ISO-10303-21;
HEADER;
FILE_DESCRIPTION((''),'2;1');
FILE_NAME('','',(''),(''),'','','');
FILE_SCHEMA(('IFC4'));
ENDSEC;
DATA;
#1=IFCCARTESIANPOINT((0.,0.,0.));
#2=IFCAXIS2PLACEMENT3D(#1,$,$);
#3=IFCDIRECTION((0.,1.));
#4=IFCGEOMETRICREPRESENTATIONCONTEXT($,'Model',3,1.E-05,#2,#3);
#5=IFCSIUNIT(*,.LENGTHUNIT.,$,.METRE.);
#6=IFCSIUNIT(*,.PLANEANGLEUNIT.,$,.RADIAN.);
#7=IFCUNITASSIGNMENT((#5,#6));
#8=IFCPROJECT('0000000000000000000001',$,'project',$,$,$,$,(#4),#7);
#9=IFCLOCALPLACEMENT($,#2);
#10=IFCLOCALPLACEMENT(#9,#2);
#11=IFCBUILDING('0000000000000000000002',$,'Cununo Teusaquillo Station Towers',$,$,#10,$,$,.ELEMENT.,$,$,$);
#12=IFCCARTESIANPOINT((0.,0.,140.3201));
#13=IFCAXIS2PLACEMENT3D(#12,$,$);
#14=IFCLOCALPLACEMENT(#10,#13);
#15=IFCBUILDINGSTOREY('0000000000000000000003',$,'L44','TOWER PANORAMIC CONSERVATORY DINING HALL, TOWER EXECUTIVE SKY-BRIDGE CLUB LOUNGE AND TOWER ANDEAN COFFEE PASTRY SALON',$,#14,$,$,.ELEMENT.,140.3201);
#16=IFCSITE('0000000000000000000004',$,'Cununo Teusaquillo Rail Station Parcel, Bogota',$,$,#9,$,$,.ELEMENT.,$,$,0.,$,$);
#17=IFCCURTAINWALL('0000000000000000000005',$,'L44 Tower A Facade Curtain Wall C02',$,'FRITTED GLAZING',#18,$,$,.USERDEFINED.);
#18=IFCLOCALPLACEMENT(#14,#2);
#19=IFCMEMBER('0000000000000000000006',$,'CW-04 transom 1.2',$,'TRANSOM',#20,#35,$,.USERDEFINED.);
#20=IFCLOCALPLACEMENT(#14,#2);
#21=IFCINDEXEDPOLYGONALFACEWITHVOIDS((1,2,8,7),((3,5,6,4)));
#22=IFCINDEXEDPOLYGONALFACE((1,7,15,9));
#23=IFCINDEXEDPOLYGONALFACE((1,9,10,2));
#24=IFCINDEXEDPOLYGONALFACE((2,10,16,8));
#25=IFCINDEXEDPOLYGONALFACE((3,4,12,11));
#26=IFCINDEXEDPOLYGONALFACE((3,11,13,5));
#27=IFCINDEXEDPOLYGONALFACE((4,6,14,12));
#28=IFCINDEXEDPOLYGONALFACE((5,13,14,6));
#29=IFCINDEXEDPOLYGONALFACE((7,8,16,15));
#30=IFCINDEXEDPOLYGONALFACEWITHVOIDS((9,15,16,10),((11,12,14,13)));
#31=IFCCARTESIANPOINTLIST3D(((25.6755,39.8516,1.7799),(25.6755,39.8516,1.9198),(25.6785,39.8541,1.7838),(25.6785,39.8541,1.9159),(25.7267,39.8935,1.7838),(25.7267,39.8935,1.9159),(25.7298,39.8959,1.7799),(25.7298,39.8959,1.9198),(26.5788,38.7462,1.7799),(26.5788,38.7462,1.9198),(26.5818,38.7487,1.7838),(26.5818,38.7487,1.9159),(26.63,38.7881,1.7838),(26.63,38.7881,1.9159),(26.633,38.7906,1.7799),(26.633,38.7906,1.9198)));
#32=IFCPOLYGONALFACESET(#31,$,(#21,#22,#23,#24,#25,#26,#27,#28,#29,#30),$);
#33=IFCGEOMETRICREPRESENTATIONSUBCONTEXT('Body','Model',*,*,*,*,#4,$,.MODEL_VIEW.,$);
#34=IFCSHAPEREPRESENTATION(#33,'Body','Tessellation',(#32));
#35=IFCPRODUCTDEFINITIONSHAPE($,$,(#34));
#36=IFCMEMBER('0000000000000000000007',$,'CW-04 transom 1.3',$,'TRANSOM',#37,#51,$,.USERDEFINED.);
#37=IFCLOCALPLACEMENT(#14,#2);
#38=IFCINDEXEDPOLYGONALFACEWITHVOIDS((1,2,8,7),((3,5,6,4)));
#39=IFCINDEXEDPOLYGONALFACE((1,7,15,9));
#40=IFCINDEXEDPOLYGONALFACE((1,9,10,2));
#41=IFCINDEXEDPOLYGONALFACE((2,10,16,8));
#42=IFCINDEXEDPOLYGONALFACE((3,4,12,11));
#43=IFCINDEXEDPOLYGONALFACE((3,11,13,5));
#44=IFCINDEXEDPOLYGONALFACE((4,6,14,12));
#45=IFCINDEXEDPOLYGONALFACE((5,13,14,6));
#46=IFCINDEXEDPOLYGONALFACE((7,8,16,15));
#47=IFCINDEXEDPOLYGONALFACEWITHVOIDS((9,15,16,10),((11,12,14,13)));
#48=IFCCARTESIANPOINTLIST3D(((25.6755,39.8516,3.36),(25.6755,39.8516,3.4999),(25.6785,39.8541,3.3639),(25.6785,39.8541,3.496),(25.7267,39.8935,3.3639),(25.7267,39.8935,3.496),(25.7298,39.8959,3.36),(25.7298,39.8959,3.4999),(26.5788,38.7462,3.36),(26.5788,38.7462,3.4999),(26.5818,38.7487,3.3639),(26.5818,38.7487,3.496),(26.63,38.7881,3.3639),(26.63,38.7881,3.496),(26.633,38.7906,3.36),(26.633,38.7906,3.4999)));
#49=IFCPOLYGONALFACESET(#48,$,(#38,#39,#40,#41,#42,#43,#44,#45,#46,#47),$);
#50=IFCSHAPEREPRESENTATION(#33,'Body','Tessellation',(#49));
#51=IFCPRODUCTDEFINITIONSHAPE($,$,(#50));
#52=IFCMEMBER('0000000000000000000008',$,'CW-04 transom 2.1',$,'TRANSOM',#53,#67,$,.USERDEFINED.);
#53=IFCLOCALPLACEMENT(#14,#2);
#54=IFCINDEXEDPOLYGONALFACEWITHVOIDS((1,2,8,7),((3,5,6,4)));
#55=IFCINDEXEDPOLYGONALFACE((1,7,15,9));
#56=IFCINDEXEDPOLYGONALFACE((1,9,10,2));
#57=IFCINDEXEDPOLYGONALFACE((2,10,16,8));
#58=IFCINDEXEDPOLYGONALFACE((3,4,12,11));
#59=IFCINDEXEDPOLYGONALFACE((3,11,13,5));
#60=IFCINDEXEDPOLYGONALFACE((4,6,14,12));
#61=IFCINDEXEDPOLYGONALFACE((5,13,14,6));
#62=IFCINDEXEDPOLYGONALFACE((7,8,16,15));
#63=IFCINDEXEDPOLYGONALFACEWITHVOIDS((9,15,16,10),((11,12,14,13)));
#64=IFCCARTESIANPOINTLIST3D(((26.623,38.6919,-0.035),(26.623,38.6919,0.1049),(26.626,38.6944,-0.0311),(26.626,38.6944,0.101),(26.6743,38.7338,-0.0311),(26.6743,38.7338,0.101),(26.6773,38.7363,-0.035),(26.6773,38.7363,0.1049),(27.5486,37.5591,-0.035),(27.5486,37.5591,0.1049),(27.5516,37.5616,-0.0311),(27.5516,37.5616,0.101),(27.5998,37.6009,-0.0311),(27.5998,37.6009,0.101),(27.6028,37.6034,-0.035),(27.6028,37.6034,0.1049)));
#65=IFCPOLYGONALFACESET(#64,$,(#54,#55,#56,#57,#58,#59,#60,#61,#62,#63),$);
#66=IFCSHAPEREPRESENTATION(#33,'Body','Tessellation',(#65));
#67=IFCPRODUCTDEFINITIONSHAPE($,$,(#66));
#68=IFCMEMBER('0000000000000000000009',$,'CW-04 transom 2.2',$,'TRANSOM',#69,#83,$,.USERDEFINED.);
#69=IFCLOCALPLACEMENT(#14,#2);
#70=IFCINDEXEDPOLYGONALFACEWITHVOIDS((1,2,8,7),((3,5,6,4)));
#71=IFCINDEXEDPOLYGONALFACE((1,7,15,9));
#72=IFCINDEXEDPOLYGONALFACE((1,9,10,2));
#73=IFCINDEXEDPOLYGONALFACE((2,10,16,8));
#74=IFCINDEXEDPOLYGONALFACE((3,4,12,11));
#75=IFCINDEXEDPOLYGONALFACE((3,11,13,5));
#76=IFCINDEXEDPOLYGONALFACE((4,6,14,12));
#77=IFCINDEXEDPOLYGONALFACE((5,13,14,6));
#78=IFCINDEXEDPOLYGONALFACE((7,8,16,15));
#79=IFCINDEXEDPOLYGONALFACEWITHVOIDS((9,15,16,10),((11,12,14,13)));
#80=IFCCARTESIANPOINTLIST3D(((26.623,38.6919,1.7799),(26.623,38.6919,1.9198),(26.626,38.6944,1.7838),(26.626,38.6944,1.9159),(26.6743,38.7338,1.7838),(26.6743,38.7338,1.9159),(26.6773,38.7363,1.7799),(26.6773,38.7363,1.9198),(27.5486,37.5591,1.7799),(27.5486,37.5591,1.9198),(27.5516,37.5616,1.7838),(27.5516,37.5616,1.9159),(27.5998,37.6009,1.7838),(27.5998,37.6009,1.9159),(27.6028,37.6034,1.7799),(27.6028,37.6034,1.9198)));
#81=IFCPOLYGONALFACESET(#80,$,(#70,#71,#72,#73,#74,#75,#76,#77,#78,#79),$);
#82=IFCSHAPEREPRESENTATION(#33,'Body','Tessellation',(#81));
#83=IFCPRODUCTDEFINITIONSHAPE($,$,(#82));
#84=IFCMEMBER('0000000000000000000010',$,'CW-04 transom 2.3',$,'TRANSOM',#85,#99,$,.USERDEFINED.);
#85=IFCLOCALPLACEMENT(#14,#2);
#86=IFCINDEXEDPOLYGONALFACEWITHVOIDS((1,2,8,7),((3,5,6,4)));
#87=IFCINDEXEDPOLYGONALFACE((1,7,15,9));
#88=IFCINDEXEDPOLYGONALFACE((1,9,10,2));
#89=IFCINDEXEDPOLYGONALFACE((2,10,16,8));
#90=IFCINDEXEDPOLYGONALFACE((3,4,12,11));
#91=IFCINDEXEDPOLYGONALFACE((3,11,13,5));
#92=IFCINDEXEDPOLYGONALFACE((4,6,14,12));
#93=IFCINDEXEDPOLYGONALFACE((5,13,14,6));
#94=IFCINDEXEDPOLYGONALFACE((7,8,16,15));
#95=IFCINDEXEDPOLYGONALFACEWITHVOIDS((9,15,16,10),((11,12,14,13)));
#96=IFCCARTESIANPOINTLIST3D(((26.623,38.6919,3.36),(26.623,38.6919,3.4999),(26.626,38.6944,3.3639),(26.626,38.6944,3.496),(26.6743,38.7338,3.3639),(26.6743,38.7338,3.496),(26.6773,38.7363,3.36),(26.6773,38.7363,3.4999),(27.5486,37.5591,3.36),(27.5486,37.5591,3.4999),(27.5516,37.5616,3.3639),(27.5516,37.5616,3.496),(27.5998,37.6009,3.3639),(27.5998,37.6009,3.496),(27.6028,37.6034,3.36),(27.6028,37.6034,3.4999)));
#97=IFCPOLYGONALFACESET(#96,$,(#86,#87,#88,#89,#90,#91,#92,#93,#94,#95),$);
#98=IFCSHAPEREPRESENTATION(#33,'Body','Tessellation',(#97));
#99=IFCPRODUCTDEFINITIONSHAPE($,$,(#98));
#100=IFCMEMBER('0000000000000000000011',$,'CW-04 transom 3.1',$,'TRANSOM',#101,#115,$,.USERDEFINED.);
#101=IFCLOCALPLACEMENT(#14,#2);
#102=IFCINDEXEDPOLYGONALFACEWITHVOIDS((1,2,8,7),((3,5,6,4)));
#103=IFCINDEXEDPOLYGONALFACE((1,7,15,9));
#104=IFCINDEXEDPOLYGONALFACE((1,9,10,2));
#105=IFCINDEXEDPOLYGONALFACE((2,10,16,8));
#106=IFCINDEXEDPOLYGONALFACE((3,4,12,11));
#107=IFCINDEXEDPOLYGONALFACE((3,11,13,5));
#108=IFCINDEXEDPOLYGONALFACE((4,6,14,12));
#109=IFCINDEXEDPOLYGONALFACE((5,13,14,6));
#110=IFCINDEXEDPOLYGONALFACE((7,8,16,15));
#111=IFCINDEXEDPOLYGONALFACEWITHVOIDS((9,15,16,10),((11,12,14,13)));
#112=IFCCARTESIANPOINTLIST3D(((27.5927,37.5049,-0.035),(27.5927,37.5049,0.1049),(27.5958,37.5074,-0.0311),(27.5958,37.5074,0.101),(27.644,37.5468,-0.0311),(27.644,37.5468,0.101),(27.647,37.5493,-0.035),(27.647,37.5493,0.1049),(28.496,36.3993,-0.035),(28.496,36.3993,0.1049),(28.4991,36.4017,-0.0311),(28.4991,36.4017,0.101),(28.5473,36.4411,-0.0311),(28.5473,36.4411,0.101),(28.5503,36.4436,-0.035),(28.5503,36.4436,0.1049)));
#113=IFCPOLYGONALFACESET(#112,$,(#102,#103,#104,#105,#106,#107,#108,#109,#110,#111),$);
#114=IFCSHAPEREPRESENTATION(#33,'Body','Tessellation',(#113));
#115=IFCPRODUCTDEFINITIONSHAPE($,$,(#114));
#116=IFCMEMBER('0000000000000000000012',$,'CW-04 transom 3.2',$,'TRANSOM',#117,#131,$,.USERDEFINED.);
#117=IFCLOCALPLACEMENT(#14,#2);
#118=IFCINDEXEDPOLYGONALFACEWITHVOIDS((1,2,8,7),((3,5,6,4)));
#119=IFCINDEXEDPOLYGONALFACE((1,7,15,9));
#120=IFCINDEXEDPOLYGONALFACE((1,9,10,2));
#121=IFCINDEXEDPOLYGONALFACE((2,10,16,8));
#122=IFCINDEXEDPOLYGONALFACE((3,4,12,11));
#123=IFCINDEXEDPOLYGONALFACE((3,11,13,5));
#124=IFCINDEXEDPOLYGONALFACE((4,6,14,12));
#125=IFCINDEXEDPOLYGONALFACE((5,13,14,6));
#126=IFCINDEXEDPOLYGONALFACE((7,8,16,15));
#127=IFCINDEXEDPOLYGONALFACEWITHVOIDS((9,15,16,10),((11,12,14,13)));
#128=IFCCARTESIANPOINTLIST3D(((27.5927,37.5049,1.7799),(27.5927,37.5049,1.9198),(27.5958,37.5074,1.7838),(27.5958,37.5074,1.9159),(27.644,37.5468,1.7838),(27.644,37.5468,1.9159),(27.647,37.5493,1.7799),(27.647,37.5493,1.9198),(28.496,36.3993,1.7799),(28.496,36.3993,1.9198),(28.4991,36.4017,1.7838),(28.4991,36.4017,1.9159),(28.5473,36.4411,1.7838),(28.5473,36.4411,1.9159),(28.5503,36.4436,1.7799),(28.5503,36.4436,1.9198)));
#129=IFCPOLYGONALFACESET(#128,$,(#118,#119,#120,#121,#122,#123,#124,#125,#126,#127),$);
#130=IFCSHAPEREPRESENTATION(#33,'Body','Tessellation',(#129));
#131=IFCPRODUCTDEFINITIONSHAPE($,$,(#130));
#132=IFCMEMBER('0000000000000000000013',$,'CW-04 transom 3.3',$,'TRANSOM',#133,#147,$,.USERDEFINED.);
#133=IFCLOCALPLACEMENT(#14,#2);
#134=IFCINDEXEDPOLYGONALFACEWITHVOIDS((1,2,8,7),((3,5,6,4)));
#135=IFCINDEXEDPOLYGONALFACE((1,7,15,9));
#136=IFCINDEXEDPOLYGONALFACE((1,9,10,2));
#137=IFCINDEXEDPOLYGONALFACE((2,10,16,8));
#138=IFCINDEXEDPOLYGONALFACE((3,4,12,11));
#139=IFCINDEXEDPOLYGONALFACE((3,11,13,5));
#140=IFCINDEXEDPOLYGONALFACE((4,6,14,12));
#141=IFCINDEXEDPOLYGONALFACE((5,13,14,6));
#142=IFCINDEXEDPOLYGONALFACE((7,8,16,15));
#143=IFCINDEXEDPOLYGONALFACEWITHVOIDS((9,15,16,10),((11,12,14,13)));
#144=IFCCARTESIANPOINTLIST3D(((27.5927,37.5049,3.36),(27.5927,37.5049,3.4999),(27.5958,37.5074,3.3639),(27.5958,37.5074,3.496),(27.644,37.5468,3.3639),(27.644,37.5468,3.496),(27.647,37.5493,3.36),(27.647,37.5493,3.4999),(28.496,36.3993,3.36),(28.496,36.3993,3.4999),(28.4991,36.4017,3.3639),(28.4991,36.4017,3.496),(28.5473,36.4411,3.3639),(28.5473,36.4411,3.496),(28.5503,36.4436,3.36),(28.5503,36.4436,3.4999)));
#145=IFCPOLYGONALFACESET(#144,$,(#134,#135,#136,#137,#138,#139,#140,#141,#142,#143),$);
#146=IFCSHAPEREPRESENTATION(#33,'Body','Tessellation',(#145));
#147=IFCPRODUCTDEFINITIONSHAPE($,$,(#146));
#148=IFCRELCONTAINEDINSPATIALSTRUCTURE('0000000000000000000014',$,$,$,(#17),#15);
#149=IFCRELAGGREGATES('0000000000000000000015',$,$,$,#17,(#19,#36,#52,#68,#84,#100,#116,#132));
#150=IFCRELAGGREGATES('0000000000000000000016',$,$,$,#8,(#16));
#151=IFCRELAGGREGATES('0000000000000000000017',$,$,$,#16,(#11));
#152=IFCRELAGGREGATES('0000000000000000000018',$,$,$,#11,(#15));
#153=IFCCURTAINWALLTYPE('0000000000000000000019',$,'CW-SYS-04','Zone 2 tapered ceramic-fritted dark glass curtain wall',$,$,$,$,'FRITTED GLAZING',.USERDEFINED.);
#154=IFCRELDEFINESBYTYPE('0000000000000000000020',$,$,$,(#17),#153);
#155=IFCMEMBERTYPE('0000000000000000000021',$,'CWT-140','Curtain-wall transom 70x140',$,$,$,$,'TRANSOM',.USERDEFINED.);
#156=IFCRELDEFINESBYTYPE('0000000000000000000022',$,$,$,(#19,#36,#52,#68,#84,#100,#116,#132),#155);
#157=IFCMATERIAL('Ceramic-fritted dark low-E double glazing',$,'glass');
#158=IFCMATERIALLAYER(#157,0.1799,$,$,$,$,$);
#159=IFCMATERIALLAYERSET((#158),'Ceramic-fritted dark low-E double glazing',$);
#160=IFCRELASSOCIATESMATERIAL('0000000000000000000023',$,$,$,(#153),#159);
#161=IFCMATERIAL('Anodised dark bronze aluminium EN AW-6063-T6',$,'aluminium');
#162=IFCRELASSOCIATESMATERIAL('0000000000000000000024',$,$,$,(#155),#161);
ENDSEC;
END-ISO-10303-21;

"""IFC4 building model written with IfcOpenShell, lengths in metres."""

from ifc_helpers import new_model, si_unit, direction, frame, origin, origin_2d, place, context, subcontext, project, spatial, hollow_rectangle, extrude, material, layer, layer_set, material_profile, profile_set, type_object, element, aggregate, save


model = new_model("IFC4")

# Units and contexts
model_context = context("Model", 3, precision=1e-05, world=origin(), true_north=direction((0.0, 1.0)))
body_context = subcontext(model_context, "Body", "Model", "MODEL_VIEW")
ifc_project = project(units=[si_unit("LENGTHUNIT", "METRE"), si_unit("PLANEANGLEUNIT", "RADIAN")], contexts=[model_context])

# Site, building, storey
site_placement = place(None, origin())
site = spatial("IfcSite", under=ifc_project, at=site_placement, Name="Cununo Teusaquillo Rail Station Parcel, Bogota", CompositionType="ELEMENT", RefElevation=0.0)
building_placement = place(site_placement, origin())
building = spatial("IfcBuilding", under=site, at=building_placement, Name="Cununo Teusaquillo Station Towers", CompositionType="ELEMENT")
storey_placement = place(building_placement, frame((0.0, 0.0, 140.3201)))
storey = spatial("IfcBuildingStorey", under=building, at=storey_placement, Name="L44", Description="TOWER PANORAMIC CONSERVATORY DINING HALL, TOWER EXECUTIVE SKY-BRIDGE CLUB LOUNGE AND TOWER ANDEAN COFFEE PASTRY SALON", CompositionType="ELEMENT", Elevation=140.3201)

# Curtain wall, members
ifc_material_1 = material(Name="Ceramic-fritted dark low-E double glazing", Category="glass")
ifc_layer_1 = layer(ifc_material_1, 0.1799)
ifc_layer_set_1 = layer_set([ifc_layer_1], Name="Ceramic-fritted dark low-E double glazing")
curtain_wall_type = type_object("IfcCurtainWallType", Name="CW-SYS-04", Description="Zone 2 tapered ceramic-fritted dark glass curtain wall", ElementType="FRITTED GLAZING", PredefinedType="USERDEFINED", material=ifc_layer_set_1)
curtain_wall_placement = place(storey_placement, origin())
curtain_wall = element("IfcCurtainWall", 1, at=curtain_wall_placement, inside=storey, type_object=curtain_wall_type, Name="L44 Tower A Facade Curtain Wall C02", ObjectType="FRITTED GLAZING", PredefinedType="USERDEFINED")
ifc_material_2 = material(Name="Anodised dark bronze aluminium EN AW-6063-T6", Category="aluminium")
ifc_material_profile_1 = material_profile(ifc_material_2, hollow_rectangle(XDim=0.0701, YDim=0.1399, WallThickness=0.0039, at=origin_2d()), Name="CW-TRAN-70x140")
ifc_profile_set_1 = profile_set([ifc_material_profile_1], Name="Anodised dark bronze aluminium EN AW-6063-T6")
member_type_1 = type_object("IfcMemberType", Name="CWT-140", Description="Curtain-wall transom 70x140", ElementType="TRANSOM", PredefinedType="USERDEFINED", material=ifc_profile_set_1)
member_1_placement = place(storey_placement, frame((25.7026, 39.8738, 1.8499), z_axis=(0.632753, -0.774353, 0.0), x_axis=(0.774353, 0.632753, 0.0)))
member_1 = element("IfcMember", 2, at=member_1_placement, type_object=member_type_1, Name="CW-04 transom 1.2", ObjectType="TRANSOM", PredefinedType="USERDEFINED", context=body_context, shape_type="SweptSolid", body=[
    extrude(hollow_rectangle(XDim=0.0701, YDim=0.1399, WallThickness=0.0039, at=origin_2d()), origin(), (0.0, 0.0, 1.0), 1.4275),
])
member_2_placement = place(storey_placement, frame((25.7026, 39.8738, 3.4299), z_axis=(0.632753, -0.774353, 0.0), x_axis=(0.774353, 0.632753, 0.0)))
member_2 = element("IfcMember", 3, at=member_2_placement, type_object=member_type_1, Name="CW-04 transom 1.3", ObjectType="TRANSOM", PredefinedType="USERDEFINED", context=body_context, shape_type="SweptSolid", body=[
    extrude(hollow_rectangle(XDim=0.0701, YDim=0.1399, WallThickness=0.0039, at=origin_2d()), origin(), (0.0, 0.0, 1.0), 1.4275),
])
member_3_placement = place(storey_placement, frame((26.6501, 38.7141, 0.0349), z_axis=(0.632701, -0.774396, 0.0), x_axis=(0.774396, 0.632701, 0.0)))
member_3 = element("IfcMember", 4, at=member_3_placement, type_object=member_type_1, Name="CW-04 transom 2.1", ObjectType="TRANSOM", PredefinedType="USERDEFINED", context=body_context, shape_type="SweptSolid", body=[
    extrude(hollow_rectangle(XDim=0.0701, YDim=0.1399, WallThickness=0.0039, at=origin_2d()), origin(), (0.0, 0.0, 1.0), 1.4629),
])
member_4_placement = place(storey_placement, frame((26.6501, 38.7141, 1.8499), z_axis=(0.632701, -0.774396, 0.0), x_axis=(0.774396, 0.632701, 0.0)))
member_4 = element("IfcMember", 5, at=member_4_placement, type_object=member_type_1, Name="CW-04 transom 2.2", ObjectType="TRANSOM", PredefinedType="USERDEFINED", context=body_context, shape_type="SweptSolid", body=[
    extrude(hollow_rectangle(XDim=0.0701, YDim=0.1399, WallThickness=0.0039, at=origin_2d()), origin(), (0.0, 0.0, 1.0), 1.4629),
])
member_5_placement = place(storey_placement, frame((26.6501, 38.7141, 3.4299), z_axis=(0.632701, -0.774396, 0.0), x_axis=(0.774396, 0.632701, 0.0)))
member_5 = element("IfcMember", 6, at=member_5_placement, type_object=member_type_1, Name="CW-04 transom 2.3", ObjectType="TRANSOM", PredefinedType="USERDEFINED", context=body_context, shape_type="SweptSolid", body=[
    extrude(hollow_rectangle(XDim=0.0701, YDim=0.1399, WallThickness=0.0039, at=origin_2d()), origin(), (0.0, 0.0, 1.0), 1.4629),
])
member_6_placement = place(storey_placement, frame((27.6199, 37.5271, 0.0349), z_axis=(0.63267, -0.774422, 0.0), x_axis=(0.774422, 0.63267, 0.0)))
member_6 = element("IfcMember", 7, at=member_6_placement, type_object=member_type_1, Name="CW-04 transom 3.1", ObjectType="TRANSOM", PredefinedType="USERDEFINED", context=body_context, shape_type="SweptSolid", body=[
    extrude(hollow_rectangle(XDim=0.0701, YDim=0.1399, WallThickness=0.0039, at=origin_2d()), origin(), (0.0, 0.0, 1.0), 1.4277),
])
member_7_placement = place(storey_placement, frame((27.6199, 37.5271, 1.8499), z_axis=(0.63267, -0.774422, 0.0), x_axis=(0.774422, 0.63267, 0.0)))
member_7 = element("IfcMember", 8, at=member_7_placement, type_object=member_type_1, Name="CW-04 transom 3.2", ObjectType="TRANSOM", PredefinedType="USERDEFINED", context=body_context, shape_type="SweptSolid", body=[
    extrude(hollow_rectangle(XDim=0.0701, YDim=0.1399, WallThickness=0.0039, at=origin_2d()), origin(), (0.0, 0.0, 1.0), 1.4277),
])
member_8_placement = place(storey_placement, frame((27.6199, 37.5271, 3.4299), z_axis=(0.63267, -0.774422, 0.0), x_axis=(0.774422, 0.63267, 0.0)))
member_8 = element("IfcMember", 9, at=member_8_placement, type_object=member_type_1, Name="CW-04 transom 3.3", ObjectType="TRANSOM", PredefinedType="USERDEFINED", context=body_context, shape_type="SweptSolid", body=[
    extrude(hollow_rectangle(XDim=0.0701, YDim=0.1399, WallThickness=0.0039, at=origin_2d()), origin(), (0.0, 0.0, 1.0), 1.4277),
])

aggregate(curtain_wall, [member_1, member_2, member_3, member_4, member_5, member_6, member_7, member_8])

save(model, "model.ifc")
